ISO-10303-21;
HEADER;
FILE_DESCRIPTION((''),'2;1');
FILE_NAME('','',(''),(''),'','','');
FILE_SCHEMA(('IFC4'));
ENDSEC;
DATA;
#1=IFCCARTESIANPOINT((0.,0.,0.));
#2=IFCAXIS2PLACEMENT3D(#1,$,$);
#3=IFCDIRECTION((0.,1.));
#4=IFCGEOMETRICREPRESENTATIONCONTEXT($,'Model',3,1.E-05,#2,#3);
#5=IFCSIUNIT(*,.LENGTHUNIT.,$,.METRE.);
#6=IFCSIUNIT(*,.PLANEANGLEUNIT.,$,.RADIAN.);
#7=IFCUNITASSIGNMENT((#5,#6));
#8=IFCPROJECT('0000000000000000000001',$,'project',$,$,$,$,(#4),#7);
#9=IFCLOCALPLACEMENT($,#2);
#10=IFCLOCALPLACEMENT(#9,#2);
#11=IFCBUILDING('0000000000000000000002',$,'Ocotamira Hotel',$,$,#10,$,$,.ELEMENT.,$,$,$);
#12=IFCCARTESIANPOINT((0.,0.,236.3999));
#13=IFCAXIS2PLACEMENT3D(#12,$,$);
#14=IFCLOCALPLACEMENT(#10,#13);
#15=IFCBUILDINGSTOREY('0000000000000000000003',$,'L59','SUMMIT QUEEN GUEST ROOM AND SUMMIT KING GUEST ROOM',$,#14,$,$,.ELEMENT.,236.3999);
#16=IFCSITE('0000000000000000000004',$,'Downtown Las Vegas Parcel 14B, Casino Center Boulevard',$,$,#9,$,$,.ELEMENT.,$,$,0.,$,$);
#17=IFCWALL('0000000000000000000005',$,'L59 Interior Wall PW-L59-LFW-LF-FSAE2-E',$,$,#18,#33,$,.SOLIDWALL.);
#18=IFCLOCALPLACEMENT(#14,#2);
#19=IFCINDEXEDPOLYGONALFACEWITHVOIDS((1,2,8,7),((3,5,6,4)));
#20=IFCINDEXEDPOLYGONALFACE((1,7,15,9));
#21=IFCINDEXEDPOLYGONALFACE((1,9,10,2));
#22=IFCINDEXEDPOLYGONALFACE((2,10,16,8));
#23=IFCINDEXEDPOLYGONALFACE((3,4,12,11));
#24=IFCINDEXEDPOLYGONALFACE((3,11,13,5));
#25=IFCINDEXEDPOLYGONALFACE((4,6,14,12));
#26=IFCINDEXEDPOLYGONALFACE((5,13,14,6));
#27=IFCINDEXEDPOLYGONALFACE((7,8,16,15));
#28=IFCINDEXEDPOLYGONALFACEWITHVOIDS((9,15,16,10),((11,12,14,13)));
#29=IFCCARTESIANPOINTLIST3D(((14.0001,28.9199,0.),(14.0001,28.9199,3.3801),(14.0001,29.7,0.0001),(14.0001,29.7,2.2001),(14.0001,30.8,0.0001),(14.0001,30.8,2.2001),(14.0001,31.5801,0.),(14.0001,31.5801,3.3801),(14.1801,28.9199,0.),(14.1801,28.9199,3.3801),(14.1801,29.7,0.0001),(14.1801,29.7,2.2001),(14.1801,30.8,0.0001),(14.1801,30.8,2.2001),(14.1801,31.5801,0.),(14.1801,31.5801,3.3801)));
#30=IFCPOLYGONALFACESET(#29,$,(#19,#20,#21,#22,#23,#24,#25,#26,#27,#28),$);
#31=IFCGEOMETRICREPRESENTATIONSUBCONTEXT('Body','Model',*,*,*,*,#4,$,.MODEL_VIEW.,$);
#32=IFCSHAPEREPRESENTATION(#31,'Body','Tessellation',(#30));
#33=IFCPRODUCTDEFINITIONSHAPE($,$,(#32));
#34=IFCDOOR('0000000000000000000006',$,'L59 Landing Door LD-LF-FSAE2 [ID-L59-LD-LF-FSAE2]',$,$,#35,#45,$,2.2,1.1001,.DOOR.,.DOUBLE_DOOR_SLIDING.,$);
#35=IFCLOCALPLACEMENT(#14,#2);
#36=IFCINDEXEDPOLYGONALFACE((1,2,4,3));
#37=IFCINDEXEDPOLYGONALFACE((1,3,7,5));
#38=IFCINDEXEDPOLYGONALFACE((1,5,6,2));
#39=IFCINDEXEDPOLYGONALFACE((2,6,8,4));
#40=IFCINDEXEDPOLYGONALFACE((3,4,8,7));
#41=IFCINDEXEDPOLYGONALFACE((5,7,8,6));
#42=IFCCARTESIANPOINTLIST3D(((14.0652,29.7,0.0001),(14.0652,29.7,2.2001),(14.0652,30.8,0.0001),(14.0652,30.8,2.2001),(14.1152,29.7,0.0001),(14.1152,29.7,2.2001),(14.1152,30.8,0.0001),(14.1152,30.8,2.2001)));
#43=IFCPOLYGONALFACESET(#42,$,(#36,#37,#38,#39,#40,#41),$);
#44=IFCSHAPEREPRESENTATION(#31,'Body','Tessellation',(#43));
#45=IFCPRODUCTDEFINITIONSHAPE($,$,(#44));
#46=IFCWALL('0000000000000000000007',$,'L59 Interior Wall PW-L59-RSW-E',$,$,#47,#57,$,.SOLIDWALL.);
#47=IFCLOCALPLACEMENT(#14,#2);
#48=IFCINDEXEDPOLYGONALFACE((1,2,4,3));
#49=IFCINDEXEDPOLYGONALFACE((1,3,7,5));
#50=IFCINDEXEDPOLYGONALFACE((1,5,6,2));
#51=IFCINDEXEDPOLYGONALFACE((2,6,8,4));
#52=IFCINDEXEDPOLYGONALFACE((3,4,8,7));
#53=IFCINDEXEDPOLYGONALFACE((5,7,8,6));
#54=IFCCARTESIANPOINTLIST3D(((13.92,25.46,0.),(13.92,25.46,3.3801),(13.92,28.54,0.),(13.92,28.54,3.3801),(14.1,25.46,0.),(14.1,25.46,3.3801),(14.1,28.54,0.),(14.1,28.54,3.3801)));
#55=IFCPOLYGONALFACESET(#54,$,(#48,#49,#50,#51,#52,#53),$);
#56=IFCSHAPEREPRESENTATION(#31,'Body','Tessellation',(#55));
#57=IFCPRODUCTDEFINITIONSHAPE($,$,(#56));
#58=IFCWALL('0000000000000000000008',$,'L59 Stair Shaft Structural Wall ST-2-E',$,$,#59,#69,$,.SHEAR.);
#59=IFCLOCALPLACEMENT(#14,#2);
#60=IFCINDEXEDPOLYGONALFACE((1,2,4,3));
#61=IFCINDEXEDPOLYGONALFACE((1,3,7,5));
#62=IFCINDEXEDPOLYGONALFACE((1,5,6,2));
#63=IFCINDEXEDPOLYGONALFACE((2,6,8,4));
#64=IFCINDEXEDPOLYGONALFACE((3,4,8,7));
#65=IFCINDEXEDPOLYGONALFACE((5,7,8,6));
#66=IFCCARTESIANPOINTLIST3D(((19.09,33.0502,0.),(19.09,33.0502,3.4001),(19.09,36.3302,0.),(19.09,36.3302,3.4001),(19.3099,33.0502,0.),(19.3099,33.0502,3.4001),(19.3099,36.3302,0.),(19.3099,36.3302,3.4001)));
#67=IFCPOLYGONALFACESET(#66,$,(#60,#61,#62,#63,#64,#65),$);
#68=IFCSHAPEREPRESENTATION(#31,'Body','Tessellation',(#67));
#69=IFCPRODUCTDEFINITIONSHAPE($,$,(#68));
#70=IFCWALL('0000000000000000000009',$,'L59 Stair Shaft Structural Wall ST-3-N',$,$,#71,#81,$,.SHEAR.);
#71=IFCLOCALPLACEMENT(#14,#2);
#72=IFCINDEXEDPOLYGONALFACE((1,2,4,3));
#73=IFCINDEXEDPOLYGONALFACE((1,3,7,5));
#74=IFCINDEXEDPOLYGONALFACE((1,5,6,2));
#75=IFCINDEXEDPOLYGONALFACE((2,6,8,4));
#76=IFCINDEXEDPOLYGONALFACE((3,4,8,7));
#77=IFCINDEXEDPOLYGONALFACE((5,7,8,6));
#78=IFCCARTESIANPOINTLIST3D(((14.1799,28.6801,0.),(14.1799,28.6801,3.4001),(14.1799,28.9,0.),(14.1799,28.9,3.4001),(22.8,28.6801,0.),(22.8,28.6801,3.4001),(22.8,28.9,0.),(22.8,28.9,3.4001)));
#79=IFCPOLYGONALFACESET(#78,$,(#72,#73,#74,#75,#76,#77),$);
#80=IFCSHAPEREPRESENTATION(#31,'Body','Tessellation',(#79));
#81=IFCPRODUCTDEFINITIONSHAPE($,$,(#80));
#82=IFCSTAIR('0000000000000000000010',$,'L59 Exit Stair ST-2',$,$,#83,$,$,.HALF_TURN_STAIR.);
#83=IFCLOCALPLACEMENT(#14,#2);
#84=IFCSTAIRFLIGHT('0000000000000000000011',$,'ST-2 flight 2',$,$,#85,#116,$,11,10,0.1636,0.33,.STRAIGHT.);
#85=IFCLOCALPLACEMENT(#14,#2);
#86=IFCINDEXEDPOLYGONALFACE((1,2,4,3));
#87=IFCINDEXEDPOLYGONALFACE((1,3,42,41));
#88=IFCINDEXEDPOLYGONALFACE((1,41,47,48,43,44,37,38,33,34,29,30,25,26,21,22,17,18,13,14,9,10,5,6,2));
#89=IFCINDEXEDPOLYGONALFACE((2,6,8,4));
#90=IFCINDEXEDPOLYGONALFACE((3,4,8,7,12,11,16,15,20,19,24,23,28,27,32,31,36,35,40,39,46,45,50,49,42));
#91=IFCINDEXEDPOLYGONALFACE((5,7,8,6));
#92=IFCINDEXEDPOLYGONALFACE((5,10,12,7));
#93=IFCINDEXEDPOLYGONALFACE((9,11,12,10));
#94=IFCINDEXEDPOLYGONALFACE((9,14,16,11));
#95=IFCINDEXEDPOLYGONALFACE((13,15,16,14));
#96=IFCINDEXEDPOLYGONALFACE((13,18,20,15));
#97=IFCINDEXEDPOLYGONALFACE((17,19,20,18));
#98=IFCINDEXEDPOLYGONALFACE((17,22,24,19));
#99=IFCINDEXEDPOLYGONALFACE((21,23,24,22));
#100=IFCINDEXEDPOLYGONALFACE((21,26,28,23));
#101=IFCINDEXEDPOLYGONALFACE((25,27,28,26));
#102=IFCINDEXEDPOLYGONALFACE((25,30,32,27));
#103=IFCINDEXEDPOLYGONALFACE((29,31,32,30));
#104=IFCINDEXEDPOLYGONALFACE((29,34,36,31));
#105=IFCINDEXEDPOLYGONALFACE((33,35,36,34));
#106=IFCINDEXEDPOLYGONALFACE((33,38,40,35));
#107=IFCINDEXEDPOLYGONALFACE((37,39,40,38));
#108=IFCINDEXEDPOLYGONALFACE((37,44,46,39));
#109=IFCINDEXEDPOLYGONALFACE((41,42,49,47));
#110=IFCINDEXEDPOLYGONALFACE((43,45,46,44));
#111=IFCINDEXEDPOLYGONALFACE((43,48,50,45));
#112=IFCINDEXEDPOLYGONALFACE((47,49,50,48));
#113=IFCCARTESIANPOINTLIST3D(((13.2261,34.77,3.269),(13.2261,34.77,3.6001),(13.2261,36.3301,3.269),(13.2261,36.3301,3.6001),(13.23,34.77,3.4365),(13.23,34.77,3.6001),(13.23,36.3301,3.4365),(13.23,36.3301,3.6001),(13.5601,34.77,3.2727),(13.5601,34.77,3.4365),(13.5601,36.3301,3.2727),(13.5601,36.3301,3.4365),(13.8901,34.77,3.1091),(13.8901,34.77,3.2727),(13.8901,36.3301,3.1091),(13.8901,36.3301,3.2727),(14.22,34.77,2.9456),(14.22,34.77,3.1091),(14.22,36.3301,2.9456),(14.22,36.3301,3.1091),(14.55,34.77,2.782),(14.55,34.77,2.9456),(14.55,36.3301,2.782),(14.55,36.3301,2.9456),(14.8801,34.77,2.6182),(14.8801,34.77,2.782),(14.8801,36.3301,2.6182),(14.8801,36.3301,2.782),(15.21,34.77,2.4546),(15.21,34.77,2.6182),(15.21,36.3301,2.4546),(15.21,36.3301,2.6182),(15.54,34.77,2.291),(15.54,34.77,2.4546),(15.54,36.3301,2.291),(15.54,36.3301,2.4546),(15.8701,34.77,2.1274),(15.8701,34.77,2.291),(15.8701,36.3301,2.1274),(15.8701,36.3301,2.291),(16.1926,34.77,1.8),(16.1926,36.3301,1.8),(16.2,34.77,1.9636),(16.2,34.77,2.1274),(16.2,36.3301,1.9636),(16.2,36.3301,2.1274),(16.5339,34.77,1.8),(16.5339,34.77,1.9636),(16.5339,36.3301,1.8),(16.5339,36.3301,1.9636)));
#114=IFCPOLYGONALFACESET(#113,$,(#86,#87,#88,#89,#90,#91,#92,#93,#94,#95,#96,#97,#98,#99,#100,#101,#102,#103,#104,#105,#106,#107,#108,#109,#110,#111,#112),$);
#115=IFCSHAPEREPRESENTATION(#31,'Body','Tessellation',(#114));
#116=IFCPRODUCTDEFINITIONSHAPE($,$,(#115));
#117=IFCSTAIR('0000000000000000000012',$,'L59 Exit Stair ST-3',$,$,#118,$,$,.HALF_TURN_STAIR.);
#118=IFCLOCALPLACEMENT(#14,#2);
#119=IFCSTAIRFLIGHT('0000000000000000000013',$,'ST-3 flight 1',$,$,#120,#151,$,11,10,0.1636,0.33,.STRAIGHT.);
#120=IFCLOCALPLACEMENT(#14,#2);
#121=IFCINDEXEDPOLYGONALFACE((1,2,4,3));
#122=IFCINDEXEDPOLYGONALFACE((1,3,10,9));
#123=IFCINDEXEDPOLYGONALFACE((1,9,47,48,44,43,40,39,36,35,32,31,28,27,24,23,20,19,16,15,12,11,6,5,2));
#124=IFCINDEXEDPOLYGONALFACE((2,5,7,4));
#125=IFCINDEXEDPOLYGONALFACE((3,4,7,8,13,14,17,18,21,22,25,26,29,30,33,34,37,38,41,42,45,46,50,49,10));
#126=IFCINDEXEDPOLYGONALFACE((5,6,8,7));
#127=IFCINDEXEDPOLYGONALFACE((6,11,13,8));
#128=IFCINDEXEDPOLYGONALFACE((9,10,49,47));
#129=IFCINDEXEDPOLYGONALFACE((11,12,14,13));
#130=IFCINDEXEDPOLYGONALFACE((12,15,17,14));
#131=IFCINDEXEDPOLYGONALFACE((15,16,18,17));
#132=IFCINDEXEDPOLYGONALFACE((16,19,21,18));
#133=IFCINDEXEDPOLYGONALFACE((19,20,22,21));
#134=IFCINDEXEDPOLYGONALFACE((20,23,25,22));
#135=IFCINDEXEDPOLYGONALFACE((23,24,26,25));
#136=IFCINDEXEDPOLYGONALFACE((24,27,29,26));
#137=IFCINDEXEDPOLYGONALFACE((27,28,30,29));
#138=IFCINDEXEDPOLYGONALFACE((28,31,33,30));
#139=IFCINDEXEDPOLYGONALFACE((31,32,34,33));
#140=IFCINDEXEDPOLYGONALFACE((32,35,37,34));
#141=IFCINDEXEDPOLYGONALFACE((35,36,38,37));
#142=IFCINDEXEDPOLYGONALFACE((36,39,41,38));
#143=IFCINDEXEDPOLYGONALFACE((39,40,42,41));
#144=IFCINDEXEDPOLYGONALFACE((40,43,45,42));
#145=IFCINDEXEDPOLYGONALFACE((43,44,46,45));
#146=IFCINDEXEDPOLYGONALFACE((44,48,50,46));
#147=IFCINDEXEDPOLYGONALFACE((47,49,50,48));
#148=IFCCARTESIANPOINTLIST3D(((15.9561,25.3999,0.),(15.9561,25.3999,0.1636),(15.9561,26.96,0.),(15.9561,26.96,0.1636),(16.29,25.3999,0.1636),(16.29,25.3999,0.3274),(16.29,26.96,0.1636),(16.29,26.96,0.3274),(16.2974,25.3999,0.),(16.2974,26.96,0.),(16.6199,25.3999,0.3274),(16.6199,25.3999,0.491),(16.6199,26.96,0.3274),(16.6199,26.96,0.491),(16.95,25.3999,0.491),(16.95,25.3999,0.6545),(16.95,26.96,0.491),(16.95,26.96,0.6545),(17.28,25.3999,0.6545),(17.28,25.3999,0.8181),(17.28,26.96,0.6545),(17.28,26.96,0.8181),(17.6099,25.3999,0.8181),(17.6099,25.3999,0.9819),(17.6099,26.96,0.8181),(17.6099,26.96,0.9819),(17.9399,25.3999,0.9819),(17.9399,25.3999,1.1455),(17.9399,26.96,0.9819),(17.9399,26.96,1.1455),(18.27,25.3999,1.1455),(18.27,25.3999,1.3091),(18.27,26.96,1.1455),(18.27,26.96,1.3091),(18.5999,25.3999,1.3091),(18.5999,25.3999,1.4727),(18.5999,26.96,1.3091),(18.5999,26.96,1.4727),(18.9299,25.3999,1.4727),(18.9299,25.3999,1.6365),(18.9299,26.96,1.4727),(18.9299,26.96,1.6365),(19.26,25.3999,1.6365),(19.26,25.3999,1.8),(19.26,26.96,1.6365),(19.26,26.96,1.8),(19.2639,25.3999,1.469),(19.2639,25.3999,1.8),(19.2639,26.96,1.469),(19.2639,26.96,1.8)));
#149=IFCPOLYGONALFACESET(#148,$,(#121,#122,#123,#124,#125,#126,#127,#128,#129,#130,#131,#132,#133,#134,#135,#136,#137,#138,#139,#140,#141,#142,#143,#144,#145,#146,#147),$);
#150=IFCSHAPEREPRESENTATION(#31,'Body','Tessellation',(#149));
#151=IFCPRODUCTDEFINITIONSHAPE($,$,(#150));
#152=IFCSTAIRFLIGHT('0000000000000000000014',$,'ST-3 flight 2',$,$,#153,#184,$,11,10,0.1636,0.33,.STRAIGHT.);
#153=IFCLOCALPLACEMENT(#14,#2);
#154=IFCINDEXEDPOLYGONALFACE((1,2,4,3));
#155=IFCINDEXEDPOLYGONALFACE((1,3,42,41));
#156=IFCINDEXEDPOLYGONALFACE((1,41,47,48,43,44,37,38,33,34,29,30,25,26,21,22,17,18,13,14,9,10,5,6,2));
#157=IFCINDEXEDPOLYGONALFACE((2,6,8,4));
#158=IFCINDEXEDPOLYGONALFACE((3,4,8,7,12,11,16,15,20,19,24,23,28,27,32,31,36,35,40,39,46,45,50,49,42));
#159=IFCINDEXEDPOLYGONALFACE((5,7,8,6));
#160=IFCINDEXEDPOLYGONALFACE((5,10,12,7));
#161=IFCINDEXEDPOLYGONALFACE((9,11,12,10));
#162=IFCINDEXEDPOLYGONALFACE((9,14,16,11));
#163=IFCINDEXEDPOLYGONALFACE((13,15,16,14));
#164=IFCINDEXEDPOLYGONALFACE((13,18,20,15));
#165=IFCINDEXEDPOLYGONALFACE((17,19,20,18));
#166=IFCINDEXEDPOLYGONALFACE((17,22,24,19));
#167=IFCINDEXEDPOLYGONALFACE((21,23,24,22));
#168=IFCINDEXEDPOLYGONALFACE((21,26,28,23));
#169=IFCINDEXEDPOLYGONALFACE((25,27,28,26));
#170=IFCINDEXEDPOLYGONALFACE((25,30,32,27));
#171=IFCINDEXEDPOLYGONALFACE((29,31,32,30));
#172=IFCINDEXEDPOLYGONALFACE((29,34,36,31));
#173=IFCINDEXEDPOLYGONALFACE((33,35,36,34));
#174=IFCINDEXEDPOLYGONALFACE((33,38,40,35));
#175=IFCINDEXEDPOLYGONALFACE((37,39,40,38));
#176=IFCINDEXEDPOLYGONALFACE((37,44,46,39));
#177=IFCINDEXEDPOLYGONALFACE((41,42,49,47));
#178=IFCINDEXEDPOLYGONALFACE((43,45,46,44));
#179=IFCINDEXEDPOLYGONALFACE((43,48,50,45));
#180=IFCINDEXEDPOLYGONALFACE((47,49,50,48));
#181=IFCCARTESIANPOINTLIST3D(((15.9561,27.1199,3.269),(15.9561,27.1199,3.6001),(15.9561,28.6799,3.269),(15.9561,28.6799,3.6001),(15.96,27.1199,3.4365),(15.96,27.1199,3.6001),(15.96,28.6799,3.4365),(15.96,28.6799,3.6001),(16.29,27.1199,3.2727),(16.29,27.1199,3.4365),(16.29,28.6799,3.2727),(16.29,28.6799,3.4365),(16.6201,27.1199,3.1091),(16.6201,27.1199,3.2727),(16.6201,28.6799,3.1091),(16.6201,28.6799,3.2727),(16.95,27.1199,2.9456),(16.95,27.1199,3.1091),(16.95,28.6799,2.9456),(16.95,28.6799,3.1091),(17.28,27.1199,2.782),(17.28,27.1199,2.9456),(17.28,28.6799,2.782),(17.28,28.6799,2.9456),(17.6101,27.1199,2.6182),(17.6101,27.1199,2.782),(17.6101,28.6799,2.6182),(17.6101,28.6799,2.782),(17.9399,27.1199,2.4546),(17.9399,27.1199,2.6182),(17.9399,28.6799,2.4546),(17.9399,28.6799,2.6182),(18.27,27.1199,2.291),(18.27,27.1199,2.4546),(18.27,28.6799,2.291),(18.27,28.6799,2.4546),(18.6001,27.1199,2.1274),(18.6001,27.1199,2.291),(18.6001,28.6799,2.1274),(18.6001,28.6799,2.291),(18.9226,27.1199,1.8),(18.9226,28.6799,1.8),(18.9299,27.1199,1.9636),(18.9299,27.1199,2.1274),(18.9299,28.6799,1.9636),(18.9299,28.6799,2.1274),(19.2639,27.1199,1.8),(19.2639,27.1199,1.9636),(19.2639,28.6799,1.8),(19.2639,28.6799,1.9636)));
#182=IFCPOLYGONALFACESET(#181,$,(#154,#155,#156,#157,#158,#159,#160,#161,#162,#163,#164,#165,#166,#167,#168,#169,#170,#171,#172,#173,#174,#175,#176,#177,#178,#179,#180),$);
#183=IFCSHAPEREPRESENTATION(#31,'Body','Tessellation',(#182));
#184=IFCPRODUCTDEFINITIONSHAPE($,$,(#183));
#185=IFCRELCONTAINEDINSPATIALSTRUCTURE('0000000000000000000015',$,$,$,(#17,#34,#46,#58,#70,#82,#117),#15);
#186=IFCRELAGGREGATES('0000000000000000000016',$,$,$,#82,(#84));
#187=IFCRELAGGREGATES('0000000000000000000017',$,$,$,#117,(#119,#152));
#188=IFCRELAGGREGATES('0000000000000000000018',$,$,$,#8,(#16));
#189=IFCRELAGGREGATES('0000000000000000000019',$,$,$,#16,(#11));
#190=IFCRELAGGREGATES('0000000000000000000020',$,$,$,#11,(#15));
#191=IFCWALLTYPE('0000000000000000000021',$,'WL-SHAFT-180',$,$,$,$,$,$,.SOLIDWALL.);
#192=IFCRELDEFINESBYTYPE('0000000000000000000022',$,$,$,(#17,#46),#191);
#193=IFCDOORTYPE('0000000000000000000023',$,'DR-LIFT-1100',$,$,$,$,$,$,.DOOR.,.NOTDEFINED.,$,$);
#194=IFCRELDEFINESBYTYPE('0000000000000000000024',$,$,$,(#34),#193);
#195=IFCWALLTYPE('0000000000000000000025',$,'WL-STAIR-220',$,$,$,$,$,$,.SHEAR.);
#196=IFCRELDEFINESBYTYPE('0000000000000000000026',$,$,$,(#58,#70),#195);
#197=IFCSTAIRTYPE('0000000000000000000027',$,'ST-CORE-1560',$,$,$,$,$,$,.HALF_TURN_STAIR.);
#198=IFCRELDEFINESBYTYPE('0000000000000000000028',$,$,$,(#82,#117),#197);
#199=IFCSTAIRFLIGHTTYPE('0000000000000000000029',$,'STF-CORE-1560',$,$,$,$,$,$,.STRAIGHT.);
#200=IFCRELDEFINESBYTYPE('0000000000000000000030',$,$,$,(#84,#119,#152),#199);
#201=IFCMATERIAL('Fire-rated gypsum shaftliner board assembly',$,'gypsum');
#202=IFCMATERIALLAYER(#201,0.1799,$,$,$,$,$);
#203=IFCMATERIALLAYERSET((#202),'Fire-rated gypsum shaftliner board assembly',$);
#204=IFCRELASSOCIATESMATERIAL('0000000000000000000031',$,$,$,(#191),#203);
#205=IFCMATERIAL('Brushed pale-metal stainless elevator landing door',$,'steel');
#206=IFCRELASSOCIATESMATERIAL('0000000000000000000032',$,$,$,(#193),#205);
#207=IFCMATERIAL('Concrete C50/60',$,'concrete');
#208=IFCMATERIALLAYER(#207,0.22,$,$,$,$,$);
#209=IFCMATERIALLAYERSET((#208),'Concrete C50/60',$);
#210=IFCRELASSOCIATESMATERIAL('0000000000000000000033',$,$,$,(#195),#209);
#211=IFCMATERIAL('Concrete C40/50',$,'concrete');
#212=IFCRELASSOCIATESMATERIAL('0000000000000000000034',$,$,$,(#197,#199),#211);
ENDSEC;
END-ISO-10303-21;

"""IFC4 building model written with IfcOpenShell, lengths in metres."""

from ifc_helpers import new_model, si_unit, direction, frame, frame_2d, origin, place, context, subcontext, project, spatial, polyline, rectangle, outline, extrude, source, transform, mapped, material, layer, layer_set, type_object, element, fill, aggregate, save


model = new_model("IFC4")

# Units and contexts
model_context = context("Model", 3, precision=1e-05, world=origin(), true_north=direction((0.0, 1.0)))
body_context = subcontext(model_context, "Body", "Model", "MODEL_VIEW")
ifc_project = project(units=[si_unit("LENGTHUNIT", "METRE"), si_unit("PLANEANGLEUNIT", "RADIAN")], contexts=[model_context])

# Site, building, storey
site_placement = place(None, origin())
site = spatial("IfcSite", under=ifc_project, at=site_placement, Name="Downtown Las Vegas Parcel 14B, Casino Center Boulevard", CompositionType="ELEMENT", RefElevation=0.0)
building_placement = place(site_placement, origin())
building = spatial("IfcBuilding", under=site, at=building_placement, Name="Ocotamira Hotel", CompositionType="ELEMENT")
storey_placement = place(building_placement, frame((0.0, 0.0, 236.3999)))
storey = spatial("IfcBuildingStorey", under=building, at=storey_placement, Name="L59", Description="SUMMIT QUEEN GUEST ROOM AND SUMMIT KING GUEST ROOM", CompositionType="ELEMENT", Elevation=236.3999)

# Shared definitions
ifc_material_1 = material(Name="Fire-rated gypsum shaftliner board assembly", Category="gypsum")
ifc_layer_1 = layer(ifc_material_1, 0.1799)
ifc_layer_set_1 = layer_set([ifc_layer_1], Name="Fire-rated gypsum shaftliner board assembly")
wall_type_1 = type_object("IfcWallType", Name="WL-SHAFT-180", PredefinedType="SOLIDWALL", material=ifc_layer_set_1)

# Wall, opening, door
wall_1_placement = place(storey_placement, frame((14.0901, 28.9199, 0.0), z_axis=(0.0, 0.0, 1.0), x_axis=(0.0, 1.0, 0.0)))
wall_1 = element("IfcWall", 1, at=wall_1_placement, inside=storey, type_object=wall_type_1, Name="L59 Interior Wall PW-L59-LFW-LF-FSAE2-E", PredefinedType="SOLIDWALL", context=body_context, shape_type="SweptSolid", body=[
    extrude(rectangle(XDim=2.6602, YDim=0.1799, at=frame_2d((1.3301, 0.0))), origin(), (0.0, 0.0, 1.0), 3.3801),
])
opening_1_placement = place(wall_1_placement, frame((0.78, 0.0, 0.0)))
opening_1 = element("IfcOpeningElement", 2, at=opening_1_placement, cuts=wall_1, PredefinedType="OPENING", context=body_context, shape_type="SweptSolid", body=[
    extrude(rectangle(XDim=1.1001, YDim=2.2, at=frame_2d((0.55, 1.1001))), frame((0.0, 0.1001, 0.0), z_axis=(0.0, -1.0, 0.0), x_axis=(1.0, 0.0, 0.0)), (0.0, 0.0, 1.0), 0.2),
])
ifc_material_2 = material(Name="Brushed pale-metal stainless elevator landing door", Category="steel")
door_type_1 = type_object("IfcDoorType", Name="DR-LIFT-1100", OperationType="NOTDEFINED", PredefinedType="DOOR", material=ifc_material_2)
shared_shape_1 = source(origin(), body_context, "Body", "SweptSolid", [
    extrude(rectangle(XDim=1.1001, YDim=2.2, at=frame_2d((0.55, 1.1001))), frame((0.0, 0.0249, 0.0), z_axis=(0.0, -1.0, 0.0), x_axis=(1.0, 0.0, 0.0)), (0.0, 0.0, 1.0), 0.05),
])
door_1_placement = place(opening_1_placement, origin())
door_1 = element("IfcDoor", 3, at=door_1_placement, inside=storey, type_object=door_type_1, Name="L59 Landing Door LD-LF-FSAE2 [ID-L59-LD-LF-FSAE2]", OperationType="DOUBLE_DOOR_SLIDING", OverallHeight=2.2, OverallWidth=1.1001, PredefinedType="DOOR", context=body_context, shape_type="MappedRepresentation", body=[
    mapped(shared_shape_1, transform((0.0, 0.0, 0.0), scale=1.0)),
])
fill(opening_1, door_1)

# Walls
wall_2_placement = place(storey_placement, frame((14.01, 25.46, 0.0), z_axis=(0.0, 0.0, 1.0), x_axis=(0.0, 1.0, 0.0)))
element("IfcWall", 4, at=wall_2_placement, inside=storey, type_object=wall_type_1, Name="L59 Interior Wall PW-L59-RSW-E", PredefinedType="SOLIDWALL", context=body_context, shape_type="SweptSolid", body=[
    extrude(rectangle(XDim=3.0801, YDim=0.1799, at=frame_2d((1.54, 0.0))), origin(), (0.0, 0.0, 1.0), 3.3801),
])
ifc_material_3 = material(Name="Concrete C50/60", Category="concrete")
ifc_layer_2 = layer(ifc_material_3, 0.22)
ifc_layer_set_2 = layer_set([ifc_layer_2], Name="Concrete C50/60")
wall_type_2 = type_object("IfcWallType", Name="WL-STAIR-220", PredefinedType="SHEAR", material=ifc_layer_set_2)
wall_3_placement = place(storey_placement, frame((19.2, 33.05, 0.0), z_axis=(0.0, 0.0, 1.0), x_axis=(0.0, 1.0, 0.0)))
element("IfcWall", 5, at=wall_3_placement, inside=storey, type_object=wall_type_2, Name="L59 Stair Shaft Structural Wall ST-2-E", PredefinedType="SHEAR", context=body_context, shape_type="SweptSolid", body=[
    extrude(rectangle(XDim=3.28, YDim=0.22, at=frame_2d((1.6401, 0.0))), origin(), (0.0, 0.0, 1.0), 3.4001),
])
wall_4_placement = place(storey_placement, frame((14.1799, 28.79, 0.0), z_axis=(0.0, 0.0, 1.0), x_axis=(1.0, 0.0, 0.0)))
element("IfcWall", 6, at=wall_4_placement, inside=storey, type_object=wall_type_2, Name="L59 Stair Shaft Structural Wall ST-3-N", PredefinedType="SHEAR", context=body_context, shape_type="SweptSolid", body=[
    extrude(rectangle(XDim=8.6201, YDim=0.22, at=frame_2d((4.3101, 0.0))), origin(), (0.0, 0.0, 1.0), 3.4001),
])

# Stair, stair flight
ifc_material_4 = material(Name="Concrete C40/50", Category="concrete")
stair_type = type_object("IfcStairType", Name="ST-CORE-1560", PredefinedType="HALF_TURN_STAIR", material=ifc_material_4)
stair_1_placement = place(storey_placement, origin())
stair_1 = element("IfcStair", 7, at=stair_1_placement, inside=storey, type_object=stair_type, Name="L59 Exit Stair ST-2", PredefinedType="HALF_TURN_STAIR")
stair_flight_type = type_object("IfcStairFlightType", Name="STF-CORE-1560", PredefinedType="STRAIGHT", material=ifc_material_4)
shared_shape_2 = source(origin(), body_context, "Body", "SweptSolid", [
    extrude(outline(polyline([(-0.0039, 0.0), (-0.0039, 0.1636), (0.3301, 0.1636), (0.3301, 0.3274), (0.6599, 0.3274), (0.6599, 0.491), (0.99, 0.491), (0.99, 0.6545), (1.3201, 0.6545), (1.3201, 0.8181), (1.6499, 0.8181), (1.6499, 0.9819), (1.98, 0.9819), (1.98, 1.1455), (2.3101, 1.1455), (2.3101, 1.3091), (2.6399, 1.3091), (2.6399, 1.4727), (2.97, 1.4727), (2.97, 1.6365), (3.3, 1.6365), (3.3, 1.8), (3.304, 1.8), (3.304, 1.469), (0.3374, 0.0), (-0.0039, 0.0)])), frame((0.0, 0.78, 0.0), z_axis=(0.0, -1.0, 0.0), x_axis=(1.0, 0.0, 0.0)), (0.0, 0.0, 1.0), 1.5601),
])
stair_flight_1_placement = place(storey_placement, frame((16.53, 35.55, 1.8), z_axis=(0.0, 0.0, 1.0), x_axis=(-1.0, 0.0, 0.0)))
stair_flight_1 = element("IfcStairFlight", 8, at=stair_flight_1_placement, type_object=stair_flight_type, Name="ST-2 flight 2", NumberOfRisers=11, NumberOfTreads=10, PredefinedType="STRAIGHT", RiserHeight=0.1636, TreadLength=0.33, context=body_context, shape_type="MappedRepresentation", body=[
    mapped(shared_shape_2, transform((0.0, 0.0, 0.0), scale=1.0)),
])
aggregate(stair_1, [stair_flight_1])

# Stair, stair flights
stair_2_placement = place(storey_placement, origin())
stair_2 = element("IfcStair", 9, at=stair_2_placement, inside=storey, type_object=stair_type, Name="L59 Exit Stair ST-3", PredefinedType="HALF_TURN_STAIR")
stair_flight_2_placement = place(storey_placement, frame((15.96, 26.1799, 0.0), z_axis=(0.0, 0.0, 1.0), x_axis=(1.0, 0.0, 0.0)))
stair_flight_2 = element("IfcStairFlight", 10, at=stair_flight_2_placement, type_object=stair_flight_type, Name="ST-3 flight 1", NumberOfRisers=11, NumberOfTreads=10, PredefinedType="STRAIGHT", RiserHeight=0.1636, TreadLength=0.33, context=body_context, shape_type="MappedRepresentation", body=[
    mapped(shared_shape_2, transform((0.0, 0.0, 0.0), scale=1.0)),
])
stair_flight_3_placement = place(storey_placement, frame((19.26, 27.8999, 1.8), z_axis=(0.0, 0.0, 1.0), x_axis=(-1.0, 0.0, 0.0)))
stair_flight_3 = element("IfcStairFlight", 11, at=stair_flight_3_placement, type_object=stair_flight_type, Name="ST-3 flight 2", NumberOfRisers=11, NumberOfTreads=10, PredefinedType="STRAIGHT", RiserHeight=0.1636, TreadLength=0.33, context=body_context, shape_type="MappedRepresentation", body=[
    mapped(shared_shape_2, transform((0.0, 0.0, 0.0), scale=1.0)),
])
aggregate(stair_2, [stair_flight_2, stair_flight_3])

save(model, "model.ifc")
